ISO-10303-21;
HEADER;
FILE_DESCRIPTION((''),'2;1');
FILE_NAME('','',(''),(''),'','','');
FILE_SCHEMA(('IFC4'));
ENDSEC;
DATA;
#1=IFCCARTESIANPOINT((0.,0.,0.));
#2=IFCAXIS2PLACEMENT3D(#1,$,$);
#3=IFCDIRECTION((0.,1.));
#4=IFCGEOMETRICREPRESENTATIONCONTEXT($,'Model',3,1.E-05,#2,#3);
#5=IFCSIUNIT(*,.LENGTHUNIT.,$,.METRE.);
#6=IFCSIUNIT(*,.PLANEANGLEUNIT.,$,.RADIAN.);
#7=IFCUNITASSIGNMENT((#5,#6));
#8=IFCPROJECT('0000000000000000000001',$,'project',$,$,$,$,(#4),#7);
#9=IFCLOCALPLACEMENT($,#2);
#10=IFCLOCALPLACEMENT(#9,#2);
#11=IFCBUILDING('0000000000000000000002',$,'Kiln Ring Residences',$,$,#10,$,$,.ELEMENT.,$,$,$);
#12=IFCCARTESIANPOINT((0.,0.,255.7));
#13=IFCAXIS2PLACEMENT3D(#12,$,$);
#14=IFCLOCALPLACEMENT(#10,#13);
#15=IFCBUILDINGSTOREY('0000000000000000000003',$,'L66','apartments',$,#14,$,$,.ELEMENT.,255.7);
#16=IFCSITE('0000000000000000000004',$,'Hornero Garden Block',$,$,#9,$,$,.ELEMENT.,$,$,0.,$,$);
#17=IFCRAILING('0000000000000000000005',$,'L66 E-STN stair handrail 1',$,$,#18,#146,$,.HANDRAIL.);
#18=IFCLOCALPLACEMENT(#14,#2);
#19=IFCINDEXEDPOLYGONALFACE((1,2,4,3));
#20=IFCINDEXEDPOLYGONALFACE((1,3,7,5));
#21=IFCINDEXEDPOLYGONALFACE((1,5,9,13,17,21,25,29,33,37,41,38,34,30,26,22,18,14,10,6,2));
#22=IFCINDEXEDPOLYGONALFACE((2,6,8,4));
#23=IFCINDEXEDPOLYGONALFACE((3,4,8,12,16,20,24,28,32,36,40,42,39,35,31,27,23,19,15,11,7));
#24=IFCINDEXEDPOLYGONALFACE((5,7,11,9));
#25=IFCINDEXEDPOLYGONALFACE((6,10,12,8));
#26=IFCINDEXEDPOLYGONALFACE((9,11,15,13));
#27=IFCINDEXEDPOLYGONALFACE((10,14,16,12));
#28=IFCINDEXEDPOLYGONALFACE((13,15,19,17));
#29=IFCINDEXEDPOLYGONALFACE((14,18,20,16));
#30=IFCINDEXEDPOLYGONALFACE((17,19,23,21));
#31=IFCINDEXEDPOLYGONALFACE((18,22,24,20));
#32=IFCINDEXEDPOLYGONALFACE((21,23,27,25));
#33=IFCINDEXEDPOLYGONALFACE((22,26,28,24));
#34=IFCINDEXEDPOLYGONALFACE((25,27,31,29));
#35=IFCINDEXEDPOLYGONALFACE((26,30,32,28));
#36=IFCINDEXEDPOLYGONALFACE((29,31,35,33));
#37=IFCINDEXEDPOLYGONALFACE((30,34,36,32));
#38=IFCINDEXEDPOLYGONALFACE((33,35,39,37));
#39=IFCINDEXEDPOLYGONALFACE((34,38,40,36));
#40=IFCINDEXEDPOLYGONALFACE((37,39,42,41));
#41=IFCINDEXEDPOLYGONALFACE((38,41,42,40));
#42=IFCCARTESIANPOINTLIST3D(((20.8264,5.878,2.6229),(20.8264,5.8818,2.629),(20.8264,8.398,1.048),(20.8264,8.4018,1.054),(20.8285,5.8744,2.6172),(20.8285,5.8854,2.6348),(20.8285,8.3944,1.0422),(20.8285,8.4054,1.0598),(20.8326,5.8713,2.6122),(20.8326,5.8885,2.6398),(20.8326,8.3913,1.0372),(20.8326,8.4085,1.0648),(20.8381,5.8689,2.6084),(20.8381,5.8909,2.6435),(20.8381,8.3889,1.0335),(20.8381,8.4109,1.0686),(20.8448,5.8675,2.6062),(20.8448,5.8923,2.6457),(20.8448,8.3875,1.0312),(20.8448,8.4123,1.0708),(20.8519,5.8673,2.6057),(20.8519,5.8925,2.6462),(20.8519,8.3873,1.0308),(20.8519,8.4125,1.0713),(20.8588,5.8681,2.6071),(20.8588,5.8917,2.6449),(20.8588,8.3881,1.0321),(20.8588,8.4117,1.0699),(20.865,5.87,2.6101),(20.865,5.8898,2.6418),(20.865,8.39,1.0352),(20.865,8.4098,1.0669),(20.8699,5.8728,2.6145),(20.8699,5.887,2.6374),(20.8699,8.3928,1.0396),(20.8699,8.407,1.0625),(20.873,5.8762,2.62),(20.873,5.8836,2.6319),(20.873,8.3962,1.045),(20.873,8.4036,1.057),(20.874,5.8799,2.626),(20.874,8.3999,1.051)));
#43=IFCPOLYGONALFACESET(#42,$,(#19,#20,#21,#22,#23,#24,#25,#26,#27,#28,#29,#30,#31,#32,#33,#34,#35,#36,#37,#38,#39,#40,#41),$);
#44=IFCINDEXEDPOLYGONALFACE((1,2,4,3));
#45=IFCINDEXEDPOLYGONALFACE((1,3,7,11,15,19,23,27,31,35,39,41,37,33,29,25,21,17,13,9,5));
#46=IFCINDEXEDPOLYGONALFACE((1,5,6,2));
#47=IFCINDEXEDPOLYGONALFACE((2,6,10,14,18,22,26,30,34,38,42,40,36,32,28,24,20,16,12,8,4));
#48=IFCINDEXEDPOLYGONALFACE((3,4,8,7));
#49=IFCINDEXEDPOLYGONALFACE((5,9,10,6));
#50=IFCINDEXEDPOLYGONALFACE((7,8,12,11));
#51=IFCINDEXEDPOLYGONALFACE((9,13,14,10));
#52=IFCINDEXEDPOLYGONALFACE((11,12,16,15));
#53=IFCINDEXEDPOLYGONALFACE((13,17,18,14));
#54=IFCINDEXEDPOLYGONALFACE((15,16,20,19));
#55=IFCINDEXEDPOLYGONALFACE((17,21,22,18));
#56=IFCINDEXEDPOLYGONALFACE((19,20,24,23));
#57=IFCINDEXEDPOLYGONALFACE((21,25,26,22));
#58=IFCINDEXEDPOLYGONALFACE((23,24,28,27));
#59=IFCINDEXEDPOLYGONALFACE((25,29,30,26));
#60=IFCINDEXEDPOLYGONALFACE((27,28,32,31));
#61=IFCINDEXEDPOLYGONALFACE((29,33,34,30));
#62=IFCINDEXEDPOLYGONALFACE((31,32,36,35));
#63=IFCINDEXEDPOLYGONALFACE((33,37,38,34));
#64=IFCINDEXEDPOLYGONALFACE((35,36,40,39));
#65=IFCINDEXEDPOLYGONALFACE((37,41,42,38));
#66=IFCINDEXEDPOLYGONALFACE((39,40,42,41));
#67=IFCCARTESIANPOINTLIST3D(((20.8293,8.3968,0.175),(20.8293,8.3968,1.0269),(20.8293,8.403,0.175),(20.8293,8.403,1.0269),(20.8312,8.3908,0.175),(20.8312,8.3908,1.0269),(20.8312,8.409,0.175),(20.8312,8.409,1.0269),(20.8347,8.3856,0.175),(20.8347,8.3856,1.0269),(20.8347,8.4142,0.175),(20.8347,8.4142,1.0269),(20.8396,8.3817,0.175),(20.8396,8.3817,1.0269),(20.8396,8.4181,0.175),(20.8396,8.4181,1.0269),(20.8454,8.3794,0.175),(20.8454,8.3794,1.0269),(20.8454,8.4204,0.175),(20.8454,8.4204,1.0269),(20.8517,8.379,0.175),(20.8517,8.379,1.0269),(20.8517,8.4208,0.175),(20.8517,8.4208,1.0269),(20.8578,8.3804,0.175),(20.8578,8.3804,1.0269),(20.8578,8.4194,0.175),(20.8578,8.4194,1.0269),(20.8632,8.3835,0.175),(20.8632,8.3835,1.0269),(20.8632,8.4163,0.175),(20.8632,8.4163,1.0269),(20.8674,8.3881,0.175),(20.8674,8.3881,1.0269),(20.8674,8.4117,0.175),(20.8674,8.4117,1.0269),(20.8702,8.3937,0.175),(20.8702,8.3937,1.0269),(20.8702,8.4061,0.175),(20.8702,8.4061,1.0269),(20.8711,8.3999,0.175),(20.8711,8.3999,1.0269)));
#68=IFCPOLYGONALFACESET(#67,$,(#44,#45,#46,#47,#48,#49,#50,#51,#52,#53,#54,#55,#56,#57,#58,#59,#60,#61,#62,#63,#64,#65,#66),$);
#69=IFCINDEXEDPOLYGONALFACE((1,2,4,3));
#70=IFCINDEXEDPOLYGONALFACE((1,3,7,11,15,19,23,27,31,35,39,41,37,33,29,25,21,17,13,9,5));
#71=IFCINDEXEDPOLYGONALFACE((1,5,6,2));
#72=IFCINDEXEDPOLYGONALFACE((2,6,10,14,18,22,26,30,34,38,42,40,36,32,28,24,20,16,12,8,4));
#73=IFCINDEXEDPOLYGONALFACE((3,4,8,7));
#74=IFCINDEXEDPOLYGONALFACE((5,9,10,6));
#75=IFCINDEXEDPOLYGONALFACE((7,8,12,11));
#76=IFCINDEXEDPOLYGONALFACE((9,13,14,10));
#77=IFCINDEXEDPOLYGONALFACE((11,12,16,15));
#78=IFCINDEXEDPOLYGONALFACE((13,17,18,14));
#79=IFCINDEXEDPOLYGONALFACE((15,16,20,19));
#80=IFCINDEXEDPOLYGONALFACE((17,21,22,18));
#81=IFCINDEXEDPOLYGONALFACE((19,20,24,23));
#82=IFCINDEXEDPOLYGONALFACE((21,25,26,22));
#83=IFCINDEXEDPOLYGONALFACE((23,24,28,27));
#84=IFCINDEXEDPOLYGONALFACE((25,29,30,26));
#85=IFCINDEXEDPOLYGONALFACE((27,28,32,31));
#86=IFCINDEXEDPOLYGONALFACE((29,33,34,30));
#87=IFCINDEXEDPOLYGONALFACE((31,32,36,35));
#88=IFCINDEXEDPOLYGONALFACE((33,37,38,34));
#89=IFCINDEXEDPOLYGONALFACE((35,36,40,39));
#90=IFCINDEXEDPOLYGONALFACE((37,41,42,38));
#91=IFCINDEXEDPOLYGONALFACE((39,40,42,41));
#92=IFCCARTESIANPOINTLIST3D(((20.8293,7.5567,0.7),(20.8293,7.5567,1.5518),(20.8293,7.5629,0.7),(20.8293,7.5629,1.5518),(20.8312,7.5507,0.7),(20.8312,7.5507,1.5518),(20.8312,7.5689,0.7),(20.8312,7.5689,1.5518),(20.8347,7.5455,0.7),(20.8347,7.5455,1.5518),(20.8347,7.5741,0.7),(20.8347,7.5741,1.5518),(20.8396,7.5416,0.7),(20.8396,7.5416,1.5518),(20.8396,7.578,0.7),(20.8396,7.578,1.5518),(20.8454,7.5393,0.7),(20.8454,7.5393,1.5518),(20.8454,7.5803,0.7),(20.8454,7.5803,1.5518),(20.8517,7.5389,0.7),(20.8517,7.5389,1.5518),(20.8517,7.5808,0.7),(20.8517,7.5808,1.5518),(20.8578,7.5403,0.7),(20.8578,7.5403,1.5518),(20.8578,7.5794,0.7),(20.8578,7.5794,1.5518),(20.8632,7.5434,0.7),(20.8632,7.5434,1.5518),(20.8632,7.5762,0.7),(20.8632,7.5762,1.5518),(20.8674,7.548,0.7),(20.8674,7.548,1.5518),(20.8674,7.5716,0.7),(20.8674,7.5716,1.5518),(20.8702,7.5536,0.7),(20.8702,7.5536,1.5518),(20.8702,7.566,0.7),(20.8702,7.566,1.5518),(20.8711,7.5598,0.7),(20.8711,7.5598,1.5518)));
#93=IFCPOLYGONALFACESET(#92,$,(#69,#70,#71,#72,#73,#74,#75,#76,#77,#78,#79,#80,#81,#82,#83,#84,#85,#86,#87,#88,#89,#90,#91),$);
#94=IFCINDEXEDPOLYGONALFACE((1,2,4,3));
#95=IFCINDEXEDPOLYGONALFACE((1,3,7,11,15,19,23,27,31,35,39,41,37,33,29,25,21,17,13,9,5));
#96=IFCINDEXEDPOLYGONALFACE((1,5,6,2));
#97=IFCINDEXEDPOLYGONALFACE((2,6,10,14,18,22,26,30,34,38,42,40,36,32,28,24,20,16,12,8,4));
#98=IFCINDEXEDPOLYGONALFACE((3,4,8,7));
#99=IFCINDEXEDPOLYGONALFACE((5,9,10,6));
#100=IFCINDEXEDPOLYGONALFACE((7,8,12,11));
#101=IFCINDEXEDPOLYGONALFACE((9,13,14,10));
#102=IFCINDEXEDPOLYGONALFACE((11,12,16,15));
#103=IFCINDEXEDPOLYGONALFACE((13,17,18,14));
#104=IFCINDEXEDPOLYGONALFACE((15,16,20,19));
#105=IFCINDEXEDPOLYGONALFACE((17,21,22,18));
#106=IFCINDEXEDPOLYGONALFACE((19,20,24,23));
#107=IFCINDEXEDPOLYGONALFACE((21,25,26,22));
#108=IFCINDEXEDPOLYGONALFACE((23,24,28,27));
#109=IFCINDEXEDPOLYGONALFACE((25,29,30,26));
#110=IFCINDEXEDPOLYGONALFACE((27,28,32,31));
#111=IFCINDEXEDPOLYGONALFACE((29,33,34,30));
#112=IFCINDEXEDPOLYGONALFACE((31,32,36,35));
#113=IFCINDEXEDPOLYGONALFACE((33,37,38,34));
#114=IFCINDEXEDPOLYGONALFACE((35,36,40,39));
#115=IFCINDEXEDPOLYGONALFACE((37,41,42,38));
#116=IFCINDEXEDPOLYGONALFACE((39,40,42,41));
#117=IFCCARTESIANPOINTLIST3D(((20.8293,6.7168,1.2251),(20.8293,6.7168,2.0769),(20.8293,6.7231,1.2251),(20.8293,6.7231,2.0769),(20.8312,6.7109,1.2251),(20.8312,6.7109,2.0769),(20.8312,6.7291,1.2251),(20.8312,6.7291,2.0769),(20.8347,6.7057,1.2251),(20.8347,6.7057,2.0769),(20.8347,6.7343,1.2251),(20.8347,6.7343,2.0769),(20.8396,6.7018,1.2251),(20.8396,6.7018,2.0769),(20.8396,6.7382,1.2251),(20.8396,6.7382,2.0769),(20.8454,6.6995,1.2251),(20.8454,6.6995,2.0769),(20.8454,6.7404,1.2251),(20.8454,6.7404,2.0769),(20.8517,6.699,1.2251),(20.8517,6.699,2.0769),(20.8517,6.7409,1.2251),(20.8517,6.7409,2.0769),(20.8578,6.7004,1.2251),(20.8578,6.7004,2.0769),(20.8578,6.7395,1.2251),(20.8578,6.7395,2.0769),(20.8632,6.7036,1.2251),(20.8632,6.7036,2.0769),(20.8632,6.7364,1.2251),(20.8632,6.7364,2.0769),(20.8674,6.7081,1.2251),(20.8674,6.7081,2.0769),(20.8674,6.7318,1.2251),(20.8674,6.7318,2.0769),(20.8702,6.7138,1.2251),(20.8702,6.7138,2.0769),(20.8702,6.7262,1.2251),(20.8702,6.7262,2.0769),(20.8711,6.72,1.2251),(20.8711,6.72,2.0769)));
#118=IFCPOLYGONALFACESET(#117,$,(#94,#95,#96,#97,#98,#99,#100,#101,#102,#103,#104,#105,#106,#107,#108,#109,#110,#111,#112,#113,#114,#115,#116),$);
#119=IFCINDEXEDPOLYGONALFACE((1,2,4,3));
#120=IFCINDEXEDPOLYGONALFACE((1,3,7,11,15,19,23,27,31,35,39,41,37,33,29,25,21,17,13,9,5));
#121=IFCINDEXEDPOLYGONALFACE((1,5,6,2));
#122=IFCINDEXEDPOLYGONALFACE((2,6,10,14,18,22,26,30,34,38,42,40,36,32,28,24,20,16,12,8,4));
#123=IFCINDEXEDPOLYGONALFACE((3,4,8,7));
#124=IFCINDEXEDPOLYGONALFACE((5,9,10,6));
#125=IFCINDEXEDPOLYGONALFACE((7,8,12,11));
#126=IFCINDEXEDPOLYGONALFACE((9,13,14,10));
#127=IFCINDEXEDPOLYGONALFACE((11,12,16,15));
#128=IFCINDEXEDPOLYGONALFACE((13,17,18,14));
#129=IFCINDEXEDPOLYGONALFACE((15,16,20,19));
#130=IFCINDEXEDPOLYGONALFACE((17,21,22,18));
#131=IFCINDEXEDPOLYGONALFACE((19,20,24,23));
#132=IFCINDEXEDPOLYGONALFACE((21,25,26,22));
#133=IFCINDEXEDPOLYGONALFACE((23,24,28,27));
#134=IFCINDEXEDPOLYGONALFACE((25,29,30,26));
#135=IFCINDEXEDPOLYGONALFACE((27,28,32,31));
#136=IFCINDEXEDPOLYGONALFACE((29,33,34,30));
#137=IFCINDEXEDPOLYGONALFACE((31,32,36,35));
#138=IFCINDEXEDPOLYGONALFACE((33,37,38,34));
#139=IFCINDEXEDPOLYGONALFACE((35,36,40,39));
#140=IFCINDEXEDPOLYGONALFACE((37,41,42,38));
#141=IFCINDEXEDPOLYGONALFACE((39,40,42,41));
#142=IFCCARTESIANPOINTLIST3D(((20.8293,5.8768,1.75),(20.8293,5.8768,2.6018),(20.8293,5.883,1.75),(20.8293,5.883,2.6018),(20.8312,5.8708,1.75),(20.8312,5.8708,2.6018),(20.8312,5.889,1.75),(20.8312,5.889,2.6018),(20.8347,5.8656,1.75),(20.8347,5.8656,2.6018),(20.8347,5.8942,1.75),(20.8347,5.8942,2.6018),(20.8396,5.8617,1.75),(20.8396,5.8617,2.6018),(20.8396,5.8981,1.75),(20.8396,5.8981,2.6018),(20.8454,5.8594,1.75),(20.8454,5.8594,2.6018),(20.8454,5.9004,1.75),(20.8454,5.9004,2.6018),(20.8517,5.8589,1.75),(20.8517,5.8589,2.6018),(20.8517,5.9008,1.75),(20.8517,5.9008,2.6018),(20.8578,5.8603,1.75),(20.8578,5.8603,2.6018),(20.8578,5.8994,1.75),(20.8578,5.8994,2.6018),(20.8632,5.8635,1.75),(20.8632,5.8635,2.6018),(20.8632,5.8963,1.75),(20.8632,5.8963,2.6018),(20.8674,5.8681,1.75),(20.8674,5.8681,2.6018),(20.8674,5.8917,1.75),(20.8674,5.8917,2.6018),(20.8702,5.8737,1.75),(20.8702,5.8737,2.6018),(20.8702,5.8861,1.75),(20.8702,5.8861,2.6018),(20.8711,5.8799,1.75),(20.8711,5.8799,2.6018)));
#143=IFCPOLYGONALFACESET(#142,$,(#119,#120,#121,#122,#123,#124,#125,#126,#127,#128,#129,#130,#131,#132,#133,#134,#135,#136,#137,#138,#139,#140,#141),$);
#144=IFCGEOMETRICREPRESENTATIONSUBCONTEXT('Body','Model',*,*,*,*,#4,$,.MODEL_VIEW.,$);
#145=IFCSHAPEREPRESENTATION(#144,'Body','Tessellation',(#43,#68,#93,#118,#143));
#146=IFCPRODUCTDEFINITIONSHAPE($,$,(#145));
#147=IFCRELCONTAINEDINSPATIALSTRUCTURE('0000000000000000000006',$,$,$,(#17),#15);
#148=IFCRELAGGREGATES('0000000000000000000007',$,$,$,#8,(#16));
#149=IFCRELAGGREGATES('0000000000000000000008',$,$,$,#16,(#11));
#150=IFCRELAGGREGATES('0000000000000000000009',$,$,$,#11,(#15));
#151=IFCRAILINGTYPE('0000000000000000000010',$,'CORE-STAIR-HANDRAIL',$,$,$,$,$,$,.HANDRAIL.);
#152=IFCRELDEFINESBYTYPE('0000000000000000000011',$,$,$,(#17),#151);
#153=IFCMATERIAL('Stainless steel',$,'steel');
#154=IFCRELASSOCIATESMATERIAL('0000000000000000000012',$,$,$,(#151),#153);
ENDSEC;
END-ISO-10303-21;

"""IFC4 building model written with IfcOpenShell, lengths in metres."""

from ifc_helpers import new_model, si_unit, direction, frame, origin, origin_2d, place, context, subcontext, project, spatial, circle, extrude, material, type_object, element, save


model = new_model("IFC4")

# Units and contexts
model_context = context("Model", 3, precision=1e-05, world=origin(), true_north=direction((0.0, 1.0)))
body_context = subcontext(model_context, "Body", "Model", "MODEL_VIEW")
ifc_project = project(units=[si_unit("LENGTHUNIT", "METRE"), si_unit("PLANEANGLEUNIT", "RADIAN")], contexts=[model_context])

# Site, building, storey
site_placement = place(None, origin())
site = spatial("IfcSite", under=ifc_project, at=site_placement, Name="Hornero Garden Block", CompositionType="ELEMENT", RefElevation=0.0)
building_placement = place(site_placement, origin())
building = spatial("IfcBuilding", under=site, at=building_placement, Name="Kiln Ring Residences", CompositionType="ELEMENT")
storey_placement = place(building_placement, frame((0.0, 0.0, 255.7)))
storey = spatial("IfcBuildingStorey", under=building, at=storey_placement, Name="L66", Description="apartments", CompositionType="ELEMENT", Elevation=255.7)

# Railing
ifc_material_1 = material(Name="Stainless steel", Category="steel")
railing_type_1 = type_object("IfcRailingType", Name="CORE-STAIR-HANDRAIL", PredefinedType="HANDRAIL", material=ifc_material_1)
railing_1_placement = place(storey_placement, frame((20.8501, 8.3999, 0.175)))
element("IfcRailing", 1, at=railing_1_placement, inside=storey, type_object=railing_type_1, Name="L66 E-STN stair handrail 1", PredefinedType="HANDRAIL", context=body_context, shape_type="SweptSolid", body=[
    extrude(circle(Radius=0.0239, at=origin_2d()), frame((0.0, 0.0, 0.876), z_axis=(0.0, -0.848008, 0.529984), x_axis=(1.0, 0.0, 0.0)), (0.0, 0.0, 1.0), 2.9717),
    extrude(circle(Radius=0.021, at=origin_2d()), origin(), (0.0, 0.0, 1.0), 0.8518),
    extrude(circle(Radius=0.021, at=origin_2d()), frame((0.0, -0.8401, 0.5249)), (0.0, 0.0, 1.0), 0.8518),
    extrude(circle(Radius=0.021, at=origin_2d()), frame((0.0, -1.6799, 1.05)), (0.0, 0.0, 1.0), 0.8518),
    extrude(circle(Radius=0.021, at=origin_2d()), frame((0.0, -2.52, 1.575)), (0.0, 0.0, 1.0), 0.8518),
])

save(model, "model.ifc")
